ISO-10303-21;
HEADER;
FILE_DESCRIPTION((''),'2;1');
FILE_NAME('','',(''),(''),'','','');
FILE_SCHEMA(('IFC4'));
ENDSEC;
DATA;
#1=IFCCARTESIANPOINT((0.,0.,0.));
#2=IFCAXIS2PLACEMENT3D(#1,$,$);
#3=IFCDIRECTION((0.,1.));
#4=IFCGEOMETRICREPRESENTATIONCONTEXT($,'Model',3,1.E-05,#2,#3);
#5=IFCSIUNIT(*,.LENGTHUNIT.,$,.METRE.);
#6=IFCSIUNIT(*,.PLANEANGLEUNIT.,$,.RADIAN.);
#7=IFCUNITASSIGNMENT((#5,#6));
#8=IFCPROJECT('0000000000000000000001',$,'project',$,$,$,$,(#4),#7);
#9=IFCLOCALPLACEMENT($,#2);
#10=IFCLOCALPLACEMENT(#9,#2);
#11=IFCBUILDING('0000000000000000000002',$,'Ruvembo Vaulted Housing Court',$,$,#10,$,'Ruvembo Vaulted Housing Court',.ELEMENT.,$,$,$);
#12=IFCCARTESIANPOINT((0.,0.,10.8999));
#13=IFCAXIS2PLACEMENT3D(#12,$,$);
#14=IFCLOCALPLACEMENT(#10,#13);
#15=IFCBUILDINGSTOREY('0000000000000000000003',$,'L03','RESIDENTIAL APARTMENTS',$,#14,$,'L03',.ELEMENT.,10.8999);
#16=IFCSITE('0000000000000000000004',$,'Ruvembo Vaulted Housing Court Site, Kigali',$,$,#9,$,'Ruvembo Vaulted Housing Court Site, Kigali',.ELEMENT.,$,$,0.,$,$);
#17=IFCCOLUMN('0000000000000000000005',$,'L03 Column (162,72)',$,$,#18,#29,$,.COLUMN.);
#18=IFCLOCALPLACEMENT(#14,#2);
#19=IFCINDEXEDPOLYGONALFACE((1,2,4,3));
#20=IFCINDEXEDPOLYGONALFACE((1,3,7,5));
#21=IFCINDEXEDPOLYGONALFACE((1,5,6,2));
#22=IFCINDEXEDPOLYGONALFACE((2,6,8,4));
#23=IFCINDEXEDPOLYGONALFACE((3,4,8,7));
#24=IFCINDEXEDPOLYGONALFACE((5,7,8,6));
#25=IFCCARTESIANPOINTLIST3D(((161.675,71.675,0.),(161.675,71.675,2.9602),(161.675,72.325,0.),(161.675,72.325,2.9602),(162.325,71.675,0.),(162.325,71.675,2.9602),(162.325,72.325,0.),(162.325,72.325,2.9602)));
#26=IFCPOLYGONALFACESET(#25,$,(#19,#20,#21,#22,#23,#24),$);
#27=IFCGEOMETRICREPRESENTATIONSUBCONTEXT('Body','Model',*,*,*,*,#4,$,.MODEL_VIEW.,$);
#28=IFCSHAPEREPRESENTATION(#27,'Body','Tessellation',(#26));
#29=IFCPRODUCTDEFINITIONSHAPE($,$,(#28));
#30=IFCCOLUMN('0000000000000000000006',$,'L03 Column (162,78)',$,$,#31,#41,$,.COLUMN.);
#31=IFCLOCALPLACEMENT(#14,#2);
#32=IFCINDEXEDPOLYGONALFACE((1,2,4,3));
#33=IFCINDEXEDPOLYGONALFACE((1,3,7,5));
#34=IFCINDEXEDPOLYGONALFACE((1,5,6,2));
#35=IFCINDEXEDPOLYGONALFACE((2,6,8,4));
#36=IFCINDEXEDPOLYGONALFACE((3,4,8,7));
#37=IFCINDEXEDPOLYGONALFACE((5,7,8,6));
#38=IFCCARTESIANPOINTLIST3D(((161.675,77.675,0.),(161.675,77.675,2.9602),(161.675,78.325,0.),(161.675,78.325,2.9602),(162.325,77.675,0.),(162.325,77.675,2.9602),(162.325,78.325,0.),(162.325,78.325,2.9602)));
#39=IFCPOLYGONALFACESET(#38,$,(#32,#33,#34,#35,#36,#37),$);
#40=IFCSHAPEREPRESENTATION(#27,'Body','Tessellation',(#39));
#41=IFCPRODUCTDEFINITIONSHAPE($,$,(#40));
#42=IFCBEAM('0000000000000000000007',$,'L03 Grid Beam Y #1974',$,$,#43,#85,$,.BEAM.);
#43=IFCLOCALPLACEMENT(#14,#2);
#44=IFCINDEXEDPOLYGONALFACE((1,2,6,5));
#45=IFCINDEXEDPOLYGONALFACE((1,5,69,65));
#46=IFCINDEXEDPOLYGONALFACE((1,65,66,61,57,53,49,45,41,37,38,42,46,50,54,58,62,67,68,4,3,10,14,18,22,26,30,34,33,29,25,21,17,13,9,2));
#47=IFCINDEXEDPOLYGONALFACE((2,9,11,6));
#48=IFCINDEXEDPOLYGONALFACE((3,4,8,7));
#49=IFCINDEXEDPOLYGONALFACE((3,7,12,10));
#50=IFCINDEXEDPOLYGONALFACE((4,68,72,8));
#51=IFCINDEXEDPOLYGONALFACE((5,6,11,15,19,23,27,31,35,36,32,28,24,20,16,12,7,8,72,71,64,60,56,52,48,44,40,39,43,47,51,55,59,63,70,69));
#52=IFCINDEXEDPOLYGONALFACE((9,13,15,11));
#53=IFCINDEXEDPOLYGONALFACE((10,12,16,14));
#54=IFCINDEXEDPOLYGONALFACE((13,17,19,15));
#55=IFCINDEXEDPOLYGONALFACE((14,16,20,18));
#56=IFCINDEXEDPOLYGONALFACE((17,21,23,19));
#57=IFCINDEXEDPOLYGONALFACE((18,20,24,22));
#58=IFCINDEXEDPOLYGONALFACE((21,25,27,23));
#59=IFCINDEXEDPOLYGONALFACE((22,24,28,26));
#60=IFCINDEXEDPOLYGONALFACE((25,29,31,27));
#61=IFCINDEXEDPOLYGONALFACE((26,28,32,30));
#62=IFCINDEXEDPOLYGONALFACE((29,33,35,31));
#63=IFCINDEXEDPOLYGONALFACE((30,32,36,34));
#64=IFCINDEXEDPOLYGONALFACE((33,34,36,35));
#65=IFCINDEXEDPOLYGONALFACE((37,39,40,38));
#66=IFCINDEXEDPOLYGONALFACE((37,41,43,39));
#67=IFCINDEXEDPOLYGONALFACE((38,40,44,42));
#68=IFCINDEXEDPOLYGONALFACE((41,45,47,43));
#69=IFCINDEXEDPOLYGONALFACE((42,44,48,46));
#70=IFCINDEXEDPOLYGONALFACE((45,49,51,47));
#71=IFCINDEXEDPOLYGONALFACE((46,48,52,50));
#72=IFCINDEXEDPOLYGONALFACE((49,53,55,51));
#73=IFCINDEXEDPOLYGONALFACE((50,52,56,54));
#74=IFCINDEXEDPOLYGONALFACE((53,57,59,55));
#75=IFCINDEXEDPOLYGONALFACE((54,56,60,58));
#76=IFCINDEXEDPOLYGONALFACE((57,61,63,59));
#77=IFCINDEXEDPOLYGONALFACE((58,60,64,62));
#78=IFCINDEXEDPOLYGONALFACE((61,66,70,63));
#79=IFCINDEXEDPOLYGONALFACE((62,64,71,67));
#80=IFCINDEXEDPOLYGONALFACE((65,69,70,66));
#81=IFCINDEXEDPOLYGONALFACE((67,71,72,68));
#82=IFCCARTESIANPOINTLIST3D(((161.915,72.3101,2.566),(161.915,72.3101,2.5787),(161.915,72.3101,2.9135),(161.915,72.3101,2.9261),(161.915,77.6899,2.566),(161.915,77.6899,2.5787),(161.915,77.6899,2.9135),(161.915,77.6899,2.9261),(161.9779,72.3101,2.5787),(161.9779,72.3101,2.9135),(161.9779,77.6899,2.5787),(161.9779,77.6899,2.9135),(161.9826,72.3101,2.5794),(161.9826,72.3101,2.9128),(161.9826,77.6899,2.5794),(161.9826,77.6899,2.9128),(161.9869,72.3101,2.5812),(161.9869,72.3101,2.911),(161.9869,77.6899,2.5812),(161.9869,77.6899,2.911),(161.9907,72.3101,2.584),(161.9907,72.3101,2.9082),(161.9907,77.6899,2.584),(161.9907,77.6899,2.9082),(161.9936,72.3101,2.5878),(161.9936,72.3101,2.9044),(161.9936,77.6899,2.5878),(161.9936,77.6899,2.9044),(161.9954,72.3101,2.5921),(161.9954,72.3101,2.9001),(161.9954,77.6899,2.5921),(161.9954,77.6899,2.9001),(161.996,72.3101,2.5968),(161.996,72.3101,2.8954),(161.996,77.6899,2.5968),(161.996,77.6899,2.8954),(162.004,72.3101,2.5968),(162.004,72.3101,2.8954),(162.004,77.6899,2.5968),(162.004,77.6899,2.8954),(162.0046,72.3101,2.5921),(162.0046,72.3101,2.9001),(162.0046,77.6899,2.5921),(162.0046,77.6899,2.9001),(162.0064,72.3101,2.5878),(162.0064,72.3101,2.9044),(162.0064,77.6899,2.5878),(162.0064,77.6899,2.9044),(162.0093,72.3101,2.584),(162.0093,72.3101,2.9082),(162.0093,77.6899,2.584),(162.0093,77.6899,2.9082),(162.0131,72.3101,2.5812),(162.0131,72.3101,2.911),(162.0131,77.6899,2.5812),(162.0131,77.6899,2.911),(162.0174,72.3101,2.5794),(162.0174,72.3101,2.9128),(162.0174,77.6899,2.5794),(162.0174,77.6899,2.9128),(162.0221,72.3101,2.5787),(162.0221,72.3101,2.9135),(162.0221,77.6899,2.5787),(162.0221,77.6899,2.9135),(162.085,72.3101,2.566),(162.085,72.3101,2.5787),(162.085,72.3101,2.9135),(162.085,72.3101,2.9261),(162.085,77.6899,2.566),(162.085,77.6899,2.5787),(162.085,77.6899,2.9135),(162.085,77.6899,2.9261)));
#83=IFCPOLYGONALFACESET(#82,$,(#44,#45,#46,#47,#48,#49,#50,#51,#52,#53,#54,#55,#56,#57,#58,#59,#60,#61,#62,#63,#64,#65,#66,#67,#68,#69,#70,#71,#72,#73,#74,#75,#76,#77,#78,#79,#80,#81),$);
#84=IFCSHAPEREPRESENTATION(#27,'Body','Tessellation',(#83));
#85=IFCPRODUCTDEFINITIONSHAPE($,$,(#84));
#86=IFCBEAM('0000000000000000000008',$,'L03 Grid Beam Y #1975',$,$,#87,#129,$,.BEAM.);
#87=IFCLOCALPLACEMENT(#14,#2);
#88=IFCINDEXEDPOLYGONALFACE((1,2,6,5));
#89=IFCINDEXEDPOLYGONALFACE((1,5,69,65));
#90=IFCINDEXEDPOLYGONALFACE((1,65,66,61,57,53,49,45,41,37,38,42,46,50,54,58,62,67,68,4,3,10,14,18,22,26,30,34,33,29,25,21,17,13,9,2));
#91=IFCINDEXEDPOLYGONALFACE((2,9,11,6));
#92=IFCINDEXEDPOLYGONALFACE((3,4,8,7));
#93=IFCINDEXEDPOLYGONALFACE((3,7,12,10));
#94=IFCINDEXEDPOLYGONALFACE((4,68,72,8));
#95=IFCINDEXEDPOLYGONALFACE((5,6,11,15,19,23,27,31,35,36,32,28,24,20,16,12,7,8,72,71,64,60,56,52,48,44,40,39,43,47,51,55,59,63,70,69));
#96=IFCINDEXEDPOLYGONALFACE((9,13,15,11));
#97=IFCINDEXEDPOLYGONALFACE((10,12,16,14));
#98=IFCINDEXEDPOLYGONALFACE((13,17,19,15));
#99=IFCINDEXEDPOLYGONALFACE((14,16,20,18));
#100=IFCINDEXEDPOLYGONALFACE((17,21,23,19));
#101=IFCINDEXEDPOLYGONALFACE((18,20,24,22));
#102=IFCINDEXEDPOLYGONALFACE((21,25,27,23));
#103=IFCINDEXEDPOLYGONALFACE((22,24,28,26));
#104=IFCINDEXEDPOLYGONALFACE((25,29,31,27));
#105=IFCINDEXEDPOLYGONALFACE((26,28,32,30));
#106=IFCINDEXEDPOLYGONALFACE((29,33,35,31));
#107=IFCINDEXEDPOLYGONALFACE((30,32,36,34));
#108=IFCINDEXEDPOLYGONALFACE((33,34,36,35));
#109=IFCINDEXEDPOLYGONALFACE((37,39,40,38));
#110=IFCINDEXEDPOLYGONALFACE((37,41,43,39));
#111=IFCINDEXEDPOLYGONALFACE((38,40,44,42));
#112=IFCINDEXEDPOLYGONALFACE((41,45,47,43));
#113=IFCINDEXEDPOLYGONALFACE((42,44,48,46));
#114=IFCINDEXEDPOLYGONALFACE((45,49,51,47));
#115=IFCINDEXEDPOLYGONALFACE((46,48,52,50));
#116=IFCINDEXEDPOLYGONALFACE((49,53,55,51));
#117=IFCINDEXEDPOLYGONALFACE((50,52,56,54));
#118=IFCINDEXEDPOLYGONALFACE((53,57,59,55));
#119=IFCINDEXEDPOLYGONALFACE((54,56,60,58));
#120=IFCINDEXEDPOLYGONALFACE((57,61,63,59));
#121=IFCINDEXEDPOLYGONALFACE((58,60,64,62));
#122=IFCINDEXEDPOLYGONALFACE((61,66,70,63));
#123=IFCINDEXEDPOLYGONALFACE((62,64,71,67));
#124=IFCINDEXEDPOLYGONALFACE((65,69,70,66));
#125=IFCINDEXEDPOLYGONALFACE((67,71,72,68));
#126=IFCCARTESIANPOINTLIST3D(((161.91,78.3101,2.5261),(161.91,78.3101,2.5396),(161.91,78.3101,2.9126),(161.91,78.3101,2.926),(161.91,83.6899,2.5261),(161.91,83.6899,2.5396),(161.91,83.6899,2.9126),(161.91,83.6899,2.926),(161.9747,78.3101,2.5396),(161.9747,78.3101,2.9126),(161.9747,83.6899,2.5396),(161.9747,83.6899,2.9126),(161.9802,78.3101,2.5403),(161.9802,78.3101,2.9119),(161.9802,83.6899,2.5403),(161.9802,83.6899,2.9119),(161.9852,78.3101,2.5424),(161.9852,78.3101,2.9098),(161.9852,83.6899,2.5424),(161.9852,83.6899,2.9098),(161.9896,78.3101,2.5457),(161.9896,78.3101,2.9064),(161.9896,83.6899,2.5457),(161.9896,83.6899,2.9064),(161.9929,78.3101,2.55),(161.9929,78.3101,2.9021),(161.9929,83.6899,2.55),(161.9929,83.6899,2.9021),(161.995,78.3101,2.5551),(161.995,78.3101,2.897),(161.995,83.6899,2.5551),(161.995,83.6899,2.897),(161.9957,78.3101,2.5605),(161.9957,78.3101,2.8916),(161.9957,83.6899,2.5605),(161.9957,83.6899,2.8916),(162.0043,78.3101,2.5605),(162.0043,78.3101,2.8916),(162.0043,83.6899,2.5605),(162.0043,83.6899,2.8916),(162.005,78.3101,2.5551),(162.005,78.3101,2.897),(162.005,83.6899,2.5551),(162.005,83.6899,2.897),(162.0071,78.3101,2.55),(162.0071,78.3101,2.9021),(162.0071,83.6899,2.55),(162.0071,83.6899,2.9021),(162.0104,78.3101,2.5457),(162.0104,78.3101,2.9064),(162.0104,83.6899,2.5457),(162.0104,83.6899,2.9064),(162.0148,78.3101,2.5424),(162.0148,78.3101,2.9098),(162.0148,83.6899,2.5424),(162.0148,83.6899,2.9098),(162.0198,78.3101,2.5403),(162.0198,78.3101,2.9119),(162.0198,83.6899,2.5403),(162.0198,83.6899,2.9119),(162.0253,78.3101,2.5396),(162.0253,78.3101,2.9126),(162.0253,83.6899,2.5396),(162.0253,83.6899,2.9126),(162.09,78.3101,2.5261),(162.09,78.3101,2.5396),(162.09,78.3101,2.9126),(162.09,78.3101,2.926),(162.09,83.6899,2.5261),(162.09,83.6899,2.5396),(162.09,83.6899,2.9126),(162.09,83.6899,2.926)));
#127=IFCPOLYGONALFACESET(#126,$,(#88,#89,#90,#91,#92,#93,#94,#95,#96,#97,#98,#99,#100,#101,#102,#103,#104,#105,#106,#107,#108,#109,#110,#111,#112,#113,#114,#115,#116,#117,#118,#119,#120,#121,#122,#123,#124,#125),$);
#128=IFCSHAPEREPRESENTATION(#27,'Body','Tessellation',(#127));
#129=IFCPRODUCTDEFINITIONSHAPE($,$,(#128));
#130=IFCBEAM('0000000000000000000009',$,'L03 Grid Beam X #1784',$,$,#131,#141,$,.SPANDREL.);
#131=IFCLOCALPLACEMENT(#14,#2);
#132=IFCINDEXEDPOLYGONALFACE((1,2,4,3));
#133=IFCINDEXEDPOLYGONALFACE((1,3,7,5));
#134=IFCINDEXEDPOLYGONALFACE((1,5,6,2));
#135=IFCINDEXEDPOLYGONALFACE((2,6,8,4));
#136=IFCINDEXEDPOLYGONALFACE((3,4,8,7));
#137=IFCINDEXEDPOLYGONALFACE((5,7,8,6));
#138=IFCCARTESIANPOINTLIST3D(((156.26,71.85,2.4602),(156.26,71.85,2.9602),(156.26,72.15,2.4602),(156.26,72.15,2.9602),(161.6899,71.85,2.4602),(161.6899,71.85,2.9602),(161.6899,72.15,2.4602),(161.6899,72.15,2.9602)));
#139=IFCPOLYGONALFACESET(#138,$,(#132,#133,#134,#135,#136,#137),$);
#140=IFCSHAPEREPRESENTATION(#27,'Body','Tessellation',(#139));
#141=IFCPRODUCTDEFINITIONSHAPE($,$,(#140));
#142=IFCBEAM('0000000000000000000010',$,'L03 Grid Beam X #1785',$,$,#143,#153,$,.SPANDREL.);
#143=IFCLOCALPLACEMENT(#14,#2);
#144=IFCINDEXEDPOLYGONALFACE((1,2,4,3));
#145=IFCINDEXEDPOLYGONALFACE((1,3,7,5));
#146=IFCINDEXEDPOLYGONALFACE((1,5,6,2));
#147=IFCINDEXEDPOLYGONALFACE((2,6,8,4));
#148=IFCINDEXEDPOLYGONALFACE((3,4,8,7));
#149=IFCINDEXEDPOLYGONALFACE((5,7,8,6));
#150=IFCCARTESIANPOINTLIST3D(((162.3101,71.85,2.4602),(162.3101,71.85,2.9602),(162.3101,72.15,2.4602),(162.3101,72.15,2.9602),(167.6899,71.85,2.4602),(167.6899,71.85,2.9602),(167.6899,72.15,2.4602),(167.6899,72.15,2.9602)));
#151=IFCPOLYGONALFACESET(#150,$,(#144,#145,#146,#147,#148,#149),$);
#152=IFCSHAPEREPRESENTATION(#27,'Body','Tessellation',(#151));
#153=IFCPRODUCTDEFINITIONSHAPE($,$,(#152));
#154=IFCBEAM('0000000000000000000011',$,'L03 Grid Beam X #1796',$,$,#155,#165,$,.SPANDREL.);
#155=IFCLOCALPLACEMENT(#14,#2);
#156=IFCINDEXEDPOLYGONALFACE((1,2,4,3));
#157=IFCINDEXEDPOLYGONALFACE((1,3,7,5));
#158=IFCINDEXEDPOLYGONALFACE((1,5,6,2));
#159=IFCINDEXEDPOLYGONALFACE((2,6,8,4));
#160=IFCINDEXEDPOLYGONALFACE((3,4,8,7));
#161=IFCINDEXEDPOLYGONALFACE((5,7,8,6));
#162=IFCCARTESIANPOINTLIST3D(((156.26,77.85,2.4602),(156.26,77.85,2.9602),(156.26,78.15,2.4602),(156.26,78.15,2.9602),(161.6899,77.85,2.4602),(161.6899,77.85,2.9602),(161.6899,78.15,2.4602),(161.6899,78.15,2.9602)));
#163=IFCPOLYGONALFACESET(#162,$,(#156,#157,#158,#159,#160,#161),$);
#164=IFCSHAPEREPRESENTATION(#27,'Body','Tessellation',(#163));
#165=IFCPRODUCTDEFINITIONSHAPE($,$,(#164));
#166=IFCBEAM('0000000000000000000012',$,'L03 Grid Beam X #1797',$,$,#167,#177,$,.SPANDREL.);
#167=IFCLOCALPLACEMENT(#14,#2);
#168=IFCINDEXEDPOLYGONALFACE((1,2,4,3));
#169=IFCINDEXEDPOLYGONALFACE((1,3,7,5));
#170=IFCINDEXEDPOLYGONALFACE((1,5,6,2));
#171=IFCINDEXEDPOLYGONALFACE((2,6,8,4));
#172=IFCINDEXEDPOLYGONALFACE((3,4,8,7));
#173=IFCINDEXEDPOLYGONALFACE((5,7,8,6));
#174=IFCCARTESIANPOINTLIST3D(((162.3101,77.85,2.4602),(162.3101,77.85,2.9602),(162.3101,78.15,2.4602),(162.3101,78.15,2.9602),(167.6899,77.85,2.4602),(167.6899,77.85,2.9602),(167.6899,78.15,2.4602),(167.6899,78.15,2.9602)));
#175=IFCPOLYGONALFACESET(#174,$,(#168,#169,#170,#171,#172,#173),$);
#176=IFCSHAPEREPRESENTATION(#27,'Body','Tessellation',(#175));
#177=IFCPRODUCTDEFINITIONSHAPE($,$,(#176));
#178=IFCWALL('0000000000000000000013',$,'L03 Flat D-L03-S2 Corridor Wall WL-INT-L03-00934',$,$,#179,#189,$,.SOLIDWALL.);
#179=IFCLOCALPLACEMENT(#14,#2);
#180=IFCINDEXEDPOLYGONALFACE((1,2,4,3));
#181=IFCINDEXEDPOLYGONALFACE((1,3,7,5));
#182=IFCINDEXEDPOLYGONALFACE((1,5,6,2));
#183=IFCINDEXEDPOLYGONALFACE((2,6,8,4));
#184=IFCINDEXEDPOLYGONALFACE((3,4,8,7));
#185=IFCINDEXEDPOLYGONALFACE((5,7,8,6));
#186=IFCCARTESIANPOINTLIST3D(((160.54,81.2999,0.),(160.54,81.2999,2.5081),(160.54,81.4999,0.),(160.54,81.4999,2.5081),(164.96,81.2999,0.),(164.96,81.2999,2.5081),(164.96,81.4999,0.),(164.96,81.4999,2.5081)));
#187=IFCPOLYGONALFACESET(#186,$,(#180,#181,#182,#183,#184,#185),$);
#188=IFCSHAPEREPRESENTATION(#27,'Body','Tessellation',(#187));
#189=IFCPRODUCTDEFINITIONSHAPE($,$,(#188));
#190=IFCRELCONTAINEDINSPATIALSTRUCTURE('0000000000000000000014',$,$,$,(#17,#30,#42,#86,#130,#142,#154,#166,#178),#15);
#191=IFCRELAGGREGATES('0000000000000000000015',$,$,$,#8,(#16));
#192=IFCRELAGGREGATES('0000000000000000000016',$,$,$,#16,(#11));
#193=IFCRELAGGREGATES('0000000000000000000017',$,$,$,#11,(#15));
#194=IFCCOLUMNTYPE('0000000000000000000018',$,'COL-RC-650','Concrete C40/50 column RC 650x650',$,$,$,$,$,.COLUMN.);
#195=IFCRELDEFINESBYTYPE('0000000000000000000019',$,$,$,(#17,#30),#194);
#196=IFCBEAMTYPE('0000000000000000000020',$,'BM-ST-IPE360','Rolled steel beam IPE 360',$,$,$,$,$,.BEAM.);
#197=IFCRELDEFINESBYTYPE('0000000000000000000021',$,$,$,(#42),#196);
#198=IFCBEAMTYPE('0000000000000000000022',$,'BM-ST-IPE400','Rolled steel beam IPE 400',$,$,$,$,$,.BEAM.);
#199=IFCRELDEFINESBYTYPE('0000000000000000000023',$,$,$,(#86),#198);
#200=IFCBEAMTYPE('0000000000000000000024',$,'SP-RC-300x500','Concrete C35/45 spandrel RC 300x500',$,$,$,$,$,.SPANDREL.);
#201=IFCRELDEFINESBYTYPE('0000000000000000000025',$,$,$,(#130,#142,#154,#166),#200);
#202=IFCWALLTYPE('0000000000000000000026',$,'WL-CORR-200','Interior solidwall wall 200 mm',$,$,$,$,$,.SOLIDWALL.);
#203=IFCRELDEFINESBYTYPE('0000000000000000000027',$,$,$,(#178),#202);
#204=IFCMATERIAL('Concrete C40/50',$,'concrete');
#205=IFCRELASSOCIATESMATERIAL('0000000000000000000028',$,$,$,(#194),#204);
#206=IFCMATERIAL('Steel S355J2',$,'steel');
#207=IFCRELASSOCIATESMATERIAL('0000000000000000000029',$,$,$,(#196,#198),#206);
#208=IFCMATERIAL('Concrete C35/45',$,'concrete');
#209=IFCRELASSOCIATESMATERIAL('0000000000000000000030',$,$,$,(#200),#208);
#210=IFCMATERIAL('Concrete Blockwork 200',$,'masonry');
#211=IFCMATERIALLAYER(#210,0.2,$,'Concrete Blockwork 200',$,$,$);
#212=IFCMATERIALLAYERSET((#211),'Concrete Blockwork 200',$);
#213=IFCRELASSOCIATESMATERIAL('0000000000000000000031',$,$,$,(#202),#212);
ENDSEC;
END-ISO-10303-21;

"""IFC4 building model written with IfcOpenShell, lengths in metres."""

from ifc_helpers import new_model, si_unit, direction, frame, frame_2d, origin, origin_2d, place, context, subcontext, project, spatial, rectangle, i_section, extrude, material, layer, layer_set, material_profile, profile_set, type_object, element, save


model = new_model("IFC4")

# Units and contexts
model_context = context("Model", 3, precision=1e-05, world=origin(), true_north=direction((0.0, 1.0)))
body_context = subcontext(model_context, "Body", "Model", "MODEL_VIEW")
ifc_project = project(units=[si_unit("LENGTHUNIT", "METRE"), si_unit("PLANEANGLEUNIT", "RADIAN")], contexts=[model_context])

# Site, building, storey
site_placement = place(None, origin())
site = spatial("IfcSite", under=ifc_project, at=site_placement, Name="Ruvembo Vaulted Housing Court Site, Kigali", LongName="Ruvembo Vaulted Housing Court Site, Kigali", CompositionType="ELEMENT", RefElevation=0.0)
building_placement = place(site_placement, origin())
building = spatial("IfcBuilding", under=site, at=building_placement, Name="Ruvembo Vaulted Housing Court", LongName="Ruvembo Vaulted Housing Court", CompositionType="ELEMENT")
storey_placement = place(building_placement, frame((0.0, 0.0, 10.8999)))
storey = spatial("IfcBuildingStorey", under=building, at=storey_placement, Name="L03", Description="RESIDENTIAL APARTMENTS", LongName="L03", CompositionType="ELEMENT", Elevation=10.8999)

# Columns
ifc_material_1 = material(Name="Concrete C40/50", Category="concrete")
ifc_material_profile_1 = material_profile(ifc_material_1, rectangle(XDim=0.6499, YDim=0.6499, at=origin_2d()), Name="RC 650x650")
ifc_profile_set_1 = profile_set([ifc_material_profile_1], Name="Concrete C40/50")
column_type = type_object("IfcColumnType", Name="COL-RC-650", Description="Concrete C40/50 column RC 650x650", PredefinedType="COLUMN", material=ifc_profile_set_1)
for number, where, z_axis, x_axis, name in (
    (1, (162.0, 72.0, 0.0), (0.0, 0.0, 1.0), (1.0, 0.0, 0.0), "L03 Column (162,72)"),
    (2, (162.0, 78.0, 0.0), (0.0, 0.0, 1.0), (1.0, 0.0, 0.0), "L03 Column (162,78)"),
):
    element("IfcColumn", number, at=place(storey_placement, frame(where, z_axis=z_axis, x_axis=x_axis)), inside=storey, type_object=column_type, Name=name, PredefinedType="COLUMN", context=body_context, shape_type="SweptSolid", body=[
        extrude(rectangle(XDim=0.6499, YDim=0.6499, at=origin_2d()), origin(), (0.0, 0.0, 1.0), 2.9602),
    ])

# Beams
ifc_material_2 = material(Name="Steel S355J2", Category="steel")
ifc_material_profile_2 = material_profile(ifc_material_2, i_section(OverallWidth=0.1699, OverallDepth=0.3601, WebThickness=0.0081, FlangeThickness=0.0127, FilletRadius=0.0181, at=origin_2d()), Name="IPE 360")
ifc_profile_set_2 = profile_set([ifc_material_profile_2], Name="Steel S355J2")
beam_type_1 = type_object("IfcBeamType", Name="BM-ST-IPE360", Description="Rolled steel beam IPE 360", PredefinedType="BEAM", material=ifc_profile_set_2)
beam_1_placement = place(storey_placement, frame((162.0, 72.3101, 2.7461), z_axis=(0.0, 1.0, 0.0), x_axis=(-1.0, 0.0, 0.0)))
element("IfcBeam", 3, at=beam_1_placement, inside=storey, type_object=beam_type_1, Name="L03 Grid Beam Y #1974", PredefinedType="BEAM", context=body_context, shape_type="SweptSolid", body=[
    extrude(i_section(OverallWidth=0.1699, OverallDepth=0.3601, WebThickness=0.0081, FlangeThickness=0.0127, FilletRadius=0.0181, at=origin_2d()), origin(), (0.0, 0.0, 1.0), 5.3799),
])
ifc_material_profile_3 = material_profile(ifc_material_2, i_section(OverallWidth=0.1799, OverallDepth=0.3999, WebThickness=0.0085, FlangeThickness=0.0134, FilletRadius=0.021, at=origin_2d()), Name="IPE 400")
ifc_profile_set_3 = profile_set([ifc_material_profile_3], Name="Steel S355J2")
beam_type_2 = type_object("IfcBeamType", Name="BM-ST-IPE400", Description="Rolled steel beam IPE 400", PredefinedType="BEAM", material=ifc_profile_set_3)
beam_2_placement = place(storey_placement, frame((162.0, 78.3101, 2.7261), z_axis=(0.0, 1.0, 0.0), x_axis=(-1.0, 0.0, 0.0)))
element("IfcBeam", 4, at=beam_2_placement, inside=storey, type_object=beam_type_2, Name="L03 Grid Beam Y #1975", PredefinedType="BEAM", context=body_context, shape_type="SweptSolid", body=[
    extrude(i_section(OverallWidth=0.1799, OverallDepth=0.3999, WebThickness=0.0085, FlangeThickness=0.0134, FilletRadius=0.021, at=origin_2d()), origin(), (0.0, 0.0, 1.0), 5.3799),
])
ifc_material_3 = material(Name="Concrete C35/45", Category="concrete")
ifc_material_profile_4 = material_profile(ifc_material_3, rectangle(XDim=0.3, YDim=0.5, at=origin_2d()), Name="RC 300x500")
ifc_profile_set_4 = profile_set([ifc_material_profile_4], Name="Concrete C35/45")
beam_type_3 = type_object("IfcBeamType", Name="SP-RC-300x500", Description="Concrete C35/45 spandrel RC 300x500", PredefinedType="SPANDREL", material=ifc_profile_set_4)
beam_3_placement = place(storey_placement, frame((156.26, 72.0, 2.7102), z_axis=(1.0, 0.0, 0.0), x_axis=(0.0, 1.0, 0.0)))
element("IfcBeam", 5, at=beam_3_placement, inside=storey, type_object=beam_type_3, Name="L03 Grid Beam X #1784", PredefinedType="SPANDREL", context=body_context, shape_type="SweptSolid", body=[
    extrude(rectangle(XDim=0.3, YDim=0.5, at=origin_2d()), origin(), (0.0, 0.0, 1.0), 5.4299),
])
beam_4_placement = place(storey_placement, frame((162.3101, 72.0, 2.7102), z_axis=(1.0, 0.0, 0.0), x_axis=(0.0, 1.0, 0.0)))
element("IfcBeam", 6, at=beam_4_placement, inside=storey, type_object=beam_type_3, Name="L03 Grid Beam X #1785", PredefinedType="SPANDREL", context=body_context, shape_type="SweptSolid", body=[
    extrude(rectangle(XDim=0.3, YDim=0.5, at=origin_2d()), origin(), (0.0, 0.0, 1.0), 5.3799),
])
beam_5_placement = place(storey_placement, frame((156.26, 78.0, 2.7102), z_axis=(1.0, 0.0, 0.0), x_axis=(0.0, 1.0, 0.0)))
element("IfcBeam", 7, at=beam_5_placement, inside=storey, type_object=beam_type_3, Name="L03 Grid Beam X #1796", PredefinedType="SPANDREL", context=body_context, shape_type="SweptSolid", body=[
    extrude(rectangle(XDim=0.3, YDim=0.5, at=origin_2d()), origin(), (0.0, 0.0, 1.0), 5.4299),
])
beam_6_placement = place(storey_placement, frame((162.3101, 78.0, 2.7102), z_axis=(1.0, 0.0, 0.0), x_axis=(0.0, 1.0, 0.0)))
element("IfcBeam", 8, at=beam_6_placement, inside=storey, type_object=beam_type_3, Name="L03 Grid Beam X #1797", PredefinedType="SPANDREL", context=body_context, shape_type="SweptSolid", body=[
    extrude(rectangle(XDim=0.3, YDim=0.5, at=origin_2d()), origin(), (0.0, 0.0, 1.0), 5.3799),
])

# Wall
ifc_material_4 = material(Name="Concrete Blockwork 200", Category="masonry")
ifc_layer_1 = layer(ifc_material_4, 0.2, Name="Concrete Blockwork 200")
ifc_layer_set_1 = layer_set([ifc_layer_1], Name="Concrete Blockwork 200")
wall_type_1 = type_object("IfcWallType", Name="WL-CORR-200", Description="Interior solidwall wall 200 mm", PredefinedType="SOLIDWALL", material=ifc_layer_set_1)
wall_1_placement = place(storey_placement, frame((160.54, 81.3999, 0.0), z_axis=(0.0, 0.0, 1.0), x_axis=(1.0, 0.0, 0.0)))
element("IfcWall", 9, at=wall_1_placement, inside=storey, type_object=wall_type_1, Name="L03 Flat D-L03-S2 Corridor Wall WL-INT-L03-00934", PredefinedType="SOLIDWALL", context=body_context, shape_type="SweptSolid", body=[
    extrude(rectangle(XDim=4.4199, YDim=0.2, at=frame_2d((2.21, 0.0))), origin(), (0.0, 0.0, 1.0), 2.5081),
])

save(model, "model.ifc")
